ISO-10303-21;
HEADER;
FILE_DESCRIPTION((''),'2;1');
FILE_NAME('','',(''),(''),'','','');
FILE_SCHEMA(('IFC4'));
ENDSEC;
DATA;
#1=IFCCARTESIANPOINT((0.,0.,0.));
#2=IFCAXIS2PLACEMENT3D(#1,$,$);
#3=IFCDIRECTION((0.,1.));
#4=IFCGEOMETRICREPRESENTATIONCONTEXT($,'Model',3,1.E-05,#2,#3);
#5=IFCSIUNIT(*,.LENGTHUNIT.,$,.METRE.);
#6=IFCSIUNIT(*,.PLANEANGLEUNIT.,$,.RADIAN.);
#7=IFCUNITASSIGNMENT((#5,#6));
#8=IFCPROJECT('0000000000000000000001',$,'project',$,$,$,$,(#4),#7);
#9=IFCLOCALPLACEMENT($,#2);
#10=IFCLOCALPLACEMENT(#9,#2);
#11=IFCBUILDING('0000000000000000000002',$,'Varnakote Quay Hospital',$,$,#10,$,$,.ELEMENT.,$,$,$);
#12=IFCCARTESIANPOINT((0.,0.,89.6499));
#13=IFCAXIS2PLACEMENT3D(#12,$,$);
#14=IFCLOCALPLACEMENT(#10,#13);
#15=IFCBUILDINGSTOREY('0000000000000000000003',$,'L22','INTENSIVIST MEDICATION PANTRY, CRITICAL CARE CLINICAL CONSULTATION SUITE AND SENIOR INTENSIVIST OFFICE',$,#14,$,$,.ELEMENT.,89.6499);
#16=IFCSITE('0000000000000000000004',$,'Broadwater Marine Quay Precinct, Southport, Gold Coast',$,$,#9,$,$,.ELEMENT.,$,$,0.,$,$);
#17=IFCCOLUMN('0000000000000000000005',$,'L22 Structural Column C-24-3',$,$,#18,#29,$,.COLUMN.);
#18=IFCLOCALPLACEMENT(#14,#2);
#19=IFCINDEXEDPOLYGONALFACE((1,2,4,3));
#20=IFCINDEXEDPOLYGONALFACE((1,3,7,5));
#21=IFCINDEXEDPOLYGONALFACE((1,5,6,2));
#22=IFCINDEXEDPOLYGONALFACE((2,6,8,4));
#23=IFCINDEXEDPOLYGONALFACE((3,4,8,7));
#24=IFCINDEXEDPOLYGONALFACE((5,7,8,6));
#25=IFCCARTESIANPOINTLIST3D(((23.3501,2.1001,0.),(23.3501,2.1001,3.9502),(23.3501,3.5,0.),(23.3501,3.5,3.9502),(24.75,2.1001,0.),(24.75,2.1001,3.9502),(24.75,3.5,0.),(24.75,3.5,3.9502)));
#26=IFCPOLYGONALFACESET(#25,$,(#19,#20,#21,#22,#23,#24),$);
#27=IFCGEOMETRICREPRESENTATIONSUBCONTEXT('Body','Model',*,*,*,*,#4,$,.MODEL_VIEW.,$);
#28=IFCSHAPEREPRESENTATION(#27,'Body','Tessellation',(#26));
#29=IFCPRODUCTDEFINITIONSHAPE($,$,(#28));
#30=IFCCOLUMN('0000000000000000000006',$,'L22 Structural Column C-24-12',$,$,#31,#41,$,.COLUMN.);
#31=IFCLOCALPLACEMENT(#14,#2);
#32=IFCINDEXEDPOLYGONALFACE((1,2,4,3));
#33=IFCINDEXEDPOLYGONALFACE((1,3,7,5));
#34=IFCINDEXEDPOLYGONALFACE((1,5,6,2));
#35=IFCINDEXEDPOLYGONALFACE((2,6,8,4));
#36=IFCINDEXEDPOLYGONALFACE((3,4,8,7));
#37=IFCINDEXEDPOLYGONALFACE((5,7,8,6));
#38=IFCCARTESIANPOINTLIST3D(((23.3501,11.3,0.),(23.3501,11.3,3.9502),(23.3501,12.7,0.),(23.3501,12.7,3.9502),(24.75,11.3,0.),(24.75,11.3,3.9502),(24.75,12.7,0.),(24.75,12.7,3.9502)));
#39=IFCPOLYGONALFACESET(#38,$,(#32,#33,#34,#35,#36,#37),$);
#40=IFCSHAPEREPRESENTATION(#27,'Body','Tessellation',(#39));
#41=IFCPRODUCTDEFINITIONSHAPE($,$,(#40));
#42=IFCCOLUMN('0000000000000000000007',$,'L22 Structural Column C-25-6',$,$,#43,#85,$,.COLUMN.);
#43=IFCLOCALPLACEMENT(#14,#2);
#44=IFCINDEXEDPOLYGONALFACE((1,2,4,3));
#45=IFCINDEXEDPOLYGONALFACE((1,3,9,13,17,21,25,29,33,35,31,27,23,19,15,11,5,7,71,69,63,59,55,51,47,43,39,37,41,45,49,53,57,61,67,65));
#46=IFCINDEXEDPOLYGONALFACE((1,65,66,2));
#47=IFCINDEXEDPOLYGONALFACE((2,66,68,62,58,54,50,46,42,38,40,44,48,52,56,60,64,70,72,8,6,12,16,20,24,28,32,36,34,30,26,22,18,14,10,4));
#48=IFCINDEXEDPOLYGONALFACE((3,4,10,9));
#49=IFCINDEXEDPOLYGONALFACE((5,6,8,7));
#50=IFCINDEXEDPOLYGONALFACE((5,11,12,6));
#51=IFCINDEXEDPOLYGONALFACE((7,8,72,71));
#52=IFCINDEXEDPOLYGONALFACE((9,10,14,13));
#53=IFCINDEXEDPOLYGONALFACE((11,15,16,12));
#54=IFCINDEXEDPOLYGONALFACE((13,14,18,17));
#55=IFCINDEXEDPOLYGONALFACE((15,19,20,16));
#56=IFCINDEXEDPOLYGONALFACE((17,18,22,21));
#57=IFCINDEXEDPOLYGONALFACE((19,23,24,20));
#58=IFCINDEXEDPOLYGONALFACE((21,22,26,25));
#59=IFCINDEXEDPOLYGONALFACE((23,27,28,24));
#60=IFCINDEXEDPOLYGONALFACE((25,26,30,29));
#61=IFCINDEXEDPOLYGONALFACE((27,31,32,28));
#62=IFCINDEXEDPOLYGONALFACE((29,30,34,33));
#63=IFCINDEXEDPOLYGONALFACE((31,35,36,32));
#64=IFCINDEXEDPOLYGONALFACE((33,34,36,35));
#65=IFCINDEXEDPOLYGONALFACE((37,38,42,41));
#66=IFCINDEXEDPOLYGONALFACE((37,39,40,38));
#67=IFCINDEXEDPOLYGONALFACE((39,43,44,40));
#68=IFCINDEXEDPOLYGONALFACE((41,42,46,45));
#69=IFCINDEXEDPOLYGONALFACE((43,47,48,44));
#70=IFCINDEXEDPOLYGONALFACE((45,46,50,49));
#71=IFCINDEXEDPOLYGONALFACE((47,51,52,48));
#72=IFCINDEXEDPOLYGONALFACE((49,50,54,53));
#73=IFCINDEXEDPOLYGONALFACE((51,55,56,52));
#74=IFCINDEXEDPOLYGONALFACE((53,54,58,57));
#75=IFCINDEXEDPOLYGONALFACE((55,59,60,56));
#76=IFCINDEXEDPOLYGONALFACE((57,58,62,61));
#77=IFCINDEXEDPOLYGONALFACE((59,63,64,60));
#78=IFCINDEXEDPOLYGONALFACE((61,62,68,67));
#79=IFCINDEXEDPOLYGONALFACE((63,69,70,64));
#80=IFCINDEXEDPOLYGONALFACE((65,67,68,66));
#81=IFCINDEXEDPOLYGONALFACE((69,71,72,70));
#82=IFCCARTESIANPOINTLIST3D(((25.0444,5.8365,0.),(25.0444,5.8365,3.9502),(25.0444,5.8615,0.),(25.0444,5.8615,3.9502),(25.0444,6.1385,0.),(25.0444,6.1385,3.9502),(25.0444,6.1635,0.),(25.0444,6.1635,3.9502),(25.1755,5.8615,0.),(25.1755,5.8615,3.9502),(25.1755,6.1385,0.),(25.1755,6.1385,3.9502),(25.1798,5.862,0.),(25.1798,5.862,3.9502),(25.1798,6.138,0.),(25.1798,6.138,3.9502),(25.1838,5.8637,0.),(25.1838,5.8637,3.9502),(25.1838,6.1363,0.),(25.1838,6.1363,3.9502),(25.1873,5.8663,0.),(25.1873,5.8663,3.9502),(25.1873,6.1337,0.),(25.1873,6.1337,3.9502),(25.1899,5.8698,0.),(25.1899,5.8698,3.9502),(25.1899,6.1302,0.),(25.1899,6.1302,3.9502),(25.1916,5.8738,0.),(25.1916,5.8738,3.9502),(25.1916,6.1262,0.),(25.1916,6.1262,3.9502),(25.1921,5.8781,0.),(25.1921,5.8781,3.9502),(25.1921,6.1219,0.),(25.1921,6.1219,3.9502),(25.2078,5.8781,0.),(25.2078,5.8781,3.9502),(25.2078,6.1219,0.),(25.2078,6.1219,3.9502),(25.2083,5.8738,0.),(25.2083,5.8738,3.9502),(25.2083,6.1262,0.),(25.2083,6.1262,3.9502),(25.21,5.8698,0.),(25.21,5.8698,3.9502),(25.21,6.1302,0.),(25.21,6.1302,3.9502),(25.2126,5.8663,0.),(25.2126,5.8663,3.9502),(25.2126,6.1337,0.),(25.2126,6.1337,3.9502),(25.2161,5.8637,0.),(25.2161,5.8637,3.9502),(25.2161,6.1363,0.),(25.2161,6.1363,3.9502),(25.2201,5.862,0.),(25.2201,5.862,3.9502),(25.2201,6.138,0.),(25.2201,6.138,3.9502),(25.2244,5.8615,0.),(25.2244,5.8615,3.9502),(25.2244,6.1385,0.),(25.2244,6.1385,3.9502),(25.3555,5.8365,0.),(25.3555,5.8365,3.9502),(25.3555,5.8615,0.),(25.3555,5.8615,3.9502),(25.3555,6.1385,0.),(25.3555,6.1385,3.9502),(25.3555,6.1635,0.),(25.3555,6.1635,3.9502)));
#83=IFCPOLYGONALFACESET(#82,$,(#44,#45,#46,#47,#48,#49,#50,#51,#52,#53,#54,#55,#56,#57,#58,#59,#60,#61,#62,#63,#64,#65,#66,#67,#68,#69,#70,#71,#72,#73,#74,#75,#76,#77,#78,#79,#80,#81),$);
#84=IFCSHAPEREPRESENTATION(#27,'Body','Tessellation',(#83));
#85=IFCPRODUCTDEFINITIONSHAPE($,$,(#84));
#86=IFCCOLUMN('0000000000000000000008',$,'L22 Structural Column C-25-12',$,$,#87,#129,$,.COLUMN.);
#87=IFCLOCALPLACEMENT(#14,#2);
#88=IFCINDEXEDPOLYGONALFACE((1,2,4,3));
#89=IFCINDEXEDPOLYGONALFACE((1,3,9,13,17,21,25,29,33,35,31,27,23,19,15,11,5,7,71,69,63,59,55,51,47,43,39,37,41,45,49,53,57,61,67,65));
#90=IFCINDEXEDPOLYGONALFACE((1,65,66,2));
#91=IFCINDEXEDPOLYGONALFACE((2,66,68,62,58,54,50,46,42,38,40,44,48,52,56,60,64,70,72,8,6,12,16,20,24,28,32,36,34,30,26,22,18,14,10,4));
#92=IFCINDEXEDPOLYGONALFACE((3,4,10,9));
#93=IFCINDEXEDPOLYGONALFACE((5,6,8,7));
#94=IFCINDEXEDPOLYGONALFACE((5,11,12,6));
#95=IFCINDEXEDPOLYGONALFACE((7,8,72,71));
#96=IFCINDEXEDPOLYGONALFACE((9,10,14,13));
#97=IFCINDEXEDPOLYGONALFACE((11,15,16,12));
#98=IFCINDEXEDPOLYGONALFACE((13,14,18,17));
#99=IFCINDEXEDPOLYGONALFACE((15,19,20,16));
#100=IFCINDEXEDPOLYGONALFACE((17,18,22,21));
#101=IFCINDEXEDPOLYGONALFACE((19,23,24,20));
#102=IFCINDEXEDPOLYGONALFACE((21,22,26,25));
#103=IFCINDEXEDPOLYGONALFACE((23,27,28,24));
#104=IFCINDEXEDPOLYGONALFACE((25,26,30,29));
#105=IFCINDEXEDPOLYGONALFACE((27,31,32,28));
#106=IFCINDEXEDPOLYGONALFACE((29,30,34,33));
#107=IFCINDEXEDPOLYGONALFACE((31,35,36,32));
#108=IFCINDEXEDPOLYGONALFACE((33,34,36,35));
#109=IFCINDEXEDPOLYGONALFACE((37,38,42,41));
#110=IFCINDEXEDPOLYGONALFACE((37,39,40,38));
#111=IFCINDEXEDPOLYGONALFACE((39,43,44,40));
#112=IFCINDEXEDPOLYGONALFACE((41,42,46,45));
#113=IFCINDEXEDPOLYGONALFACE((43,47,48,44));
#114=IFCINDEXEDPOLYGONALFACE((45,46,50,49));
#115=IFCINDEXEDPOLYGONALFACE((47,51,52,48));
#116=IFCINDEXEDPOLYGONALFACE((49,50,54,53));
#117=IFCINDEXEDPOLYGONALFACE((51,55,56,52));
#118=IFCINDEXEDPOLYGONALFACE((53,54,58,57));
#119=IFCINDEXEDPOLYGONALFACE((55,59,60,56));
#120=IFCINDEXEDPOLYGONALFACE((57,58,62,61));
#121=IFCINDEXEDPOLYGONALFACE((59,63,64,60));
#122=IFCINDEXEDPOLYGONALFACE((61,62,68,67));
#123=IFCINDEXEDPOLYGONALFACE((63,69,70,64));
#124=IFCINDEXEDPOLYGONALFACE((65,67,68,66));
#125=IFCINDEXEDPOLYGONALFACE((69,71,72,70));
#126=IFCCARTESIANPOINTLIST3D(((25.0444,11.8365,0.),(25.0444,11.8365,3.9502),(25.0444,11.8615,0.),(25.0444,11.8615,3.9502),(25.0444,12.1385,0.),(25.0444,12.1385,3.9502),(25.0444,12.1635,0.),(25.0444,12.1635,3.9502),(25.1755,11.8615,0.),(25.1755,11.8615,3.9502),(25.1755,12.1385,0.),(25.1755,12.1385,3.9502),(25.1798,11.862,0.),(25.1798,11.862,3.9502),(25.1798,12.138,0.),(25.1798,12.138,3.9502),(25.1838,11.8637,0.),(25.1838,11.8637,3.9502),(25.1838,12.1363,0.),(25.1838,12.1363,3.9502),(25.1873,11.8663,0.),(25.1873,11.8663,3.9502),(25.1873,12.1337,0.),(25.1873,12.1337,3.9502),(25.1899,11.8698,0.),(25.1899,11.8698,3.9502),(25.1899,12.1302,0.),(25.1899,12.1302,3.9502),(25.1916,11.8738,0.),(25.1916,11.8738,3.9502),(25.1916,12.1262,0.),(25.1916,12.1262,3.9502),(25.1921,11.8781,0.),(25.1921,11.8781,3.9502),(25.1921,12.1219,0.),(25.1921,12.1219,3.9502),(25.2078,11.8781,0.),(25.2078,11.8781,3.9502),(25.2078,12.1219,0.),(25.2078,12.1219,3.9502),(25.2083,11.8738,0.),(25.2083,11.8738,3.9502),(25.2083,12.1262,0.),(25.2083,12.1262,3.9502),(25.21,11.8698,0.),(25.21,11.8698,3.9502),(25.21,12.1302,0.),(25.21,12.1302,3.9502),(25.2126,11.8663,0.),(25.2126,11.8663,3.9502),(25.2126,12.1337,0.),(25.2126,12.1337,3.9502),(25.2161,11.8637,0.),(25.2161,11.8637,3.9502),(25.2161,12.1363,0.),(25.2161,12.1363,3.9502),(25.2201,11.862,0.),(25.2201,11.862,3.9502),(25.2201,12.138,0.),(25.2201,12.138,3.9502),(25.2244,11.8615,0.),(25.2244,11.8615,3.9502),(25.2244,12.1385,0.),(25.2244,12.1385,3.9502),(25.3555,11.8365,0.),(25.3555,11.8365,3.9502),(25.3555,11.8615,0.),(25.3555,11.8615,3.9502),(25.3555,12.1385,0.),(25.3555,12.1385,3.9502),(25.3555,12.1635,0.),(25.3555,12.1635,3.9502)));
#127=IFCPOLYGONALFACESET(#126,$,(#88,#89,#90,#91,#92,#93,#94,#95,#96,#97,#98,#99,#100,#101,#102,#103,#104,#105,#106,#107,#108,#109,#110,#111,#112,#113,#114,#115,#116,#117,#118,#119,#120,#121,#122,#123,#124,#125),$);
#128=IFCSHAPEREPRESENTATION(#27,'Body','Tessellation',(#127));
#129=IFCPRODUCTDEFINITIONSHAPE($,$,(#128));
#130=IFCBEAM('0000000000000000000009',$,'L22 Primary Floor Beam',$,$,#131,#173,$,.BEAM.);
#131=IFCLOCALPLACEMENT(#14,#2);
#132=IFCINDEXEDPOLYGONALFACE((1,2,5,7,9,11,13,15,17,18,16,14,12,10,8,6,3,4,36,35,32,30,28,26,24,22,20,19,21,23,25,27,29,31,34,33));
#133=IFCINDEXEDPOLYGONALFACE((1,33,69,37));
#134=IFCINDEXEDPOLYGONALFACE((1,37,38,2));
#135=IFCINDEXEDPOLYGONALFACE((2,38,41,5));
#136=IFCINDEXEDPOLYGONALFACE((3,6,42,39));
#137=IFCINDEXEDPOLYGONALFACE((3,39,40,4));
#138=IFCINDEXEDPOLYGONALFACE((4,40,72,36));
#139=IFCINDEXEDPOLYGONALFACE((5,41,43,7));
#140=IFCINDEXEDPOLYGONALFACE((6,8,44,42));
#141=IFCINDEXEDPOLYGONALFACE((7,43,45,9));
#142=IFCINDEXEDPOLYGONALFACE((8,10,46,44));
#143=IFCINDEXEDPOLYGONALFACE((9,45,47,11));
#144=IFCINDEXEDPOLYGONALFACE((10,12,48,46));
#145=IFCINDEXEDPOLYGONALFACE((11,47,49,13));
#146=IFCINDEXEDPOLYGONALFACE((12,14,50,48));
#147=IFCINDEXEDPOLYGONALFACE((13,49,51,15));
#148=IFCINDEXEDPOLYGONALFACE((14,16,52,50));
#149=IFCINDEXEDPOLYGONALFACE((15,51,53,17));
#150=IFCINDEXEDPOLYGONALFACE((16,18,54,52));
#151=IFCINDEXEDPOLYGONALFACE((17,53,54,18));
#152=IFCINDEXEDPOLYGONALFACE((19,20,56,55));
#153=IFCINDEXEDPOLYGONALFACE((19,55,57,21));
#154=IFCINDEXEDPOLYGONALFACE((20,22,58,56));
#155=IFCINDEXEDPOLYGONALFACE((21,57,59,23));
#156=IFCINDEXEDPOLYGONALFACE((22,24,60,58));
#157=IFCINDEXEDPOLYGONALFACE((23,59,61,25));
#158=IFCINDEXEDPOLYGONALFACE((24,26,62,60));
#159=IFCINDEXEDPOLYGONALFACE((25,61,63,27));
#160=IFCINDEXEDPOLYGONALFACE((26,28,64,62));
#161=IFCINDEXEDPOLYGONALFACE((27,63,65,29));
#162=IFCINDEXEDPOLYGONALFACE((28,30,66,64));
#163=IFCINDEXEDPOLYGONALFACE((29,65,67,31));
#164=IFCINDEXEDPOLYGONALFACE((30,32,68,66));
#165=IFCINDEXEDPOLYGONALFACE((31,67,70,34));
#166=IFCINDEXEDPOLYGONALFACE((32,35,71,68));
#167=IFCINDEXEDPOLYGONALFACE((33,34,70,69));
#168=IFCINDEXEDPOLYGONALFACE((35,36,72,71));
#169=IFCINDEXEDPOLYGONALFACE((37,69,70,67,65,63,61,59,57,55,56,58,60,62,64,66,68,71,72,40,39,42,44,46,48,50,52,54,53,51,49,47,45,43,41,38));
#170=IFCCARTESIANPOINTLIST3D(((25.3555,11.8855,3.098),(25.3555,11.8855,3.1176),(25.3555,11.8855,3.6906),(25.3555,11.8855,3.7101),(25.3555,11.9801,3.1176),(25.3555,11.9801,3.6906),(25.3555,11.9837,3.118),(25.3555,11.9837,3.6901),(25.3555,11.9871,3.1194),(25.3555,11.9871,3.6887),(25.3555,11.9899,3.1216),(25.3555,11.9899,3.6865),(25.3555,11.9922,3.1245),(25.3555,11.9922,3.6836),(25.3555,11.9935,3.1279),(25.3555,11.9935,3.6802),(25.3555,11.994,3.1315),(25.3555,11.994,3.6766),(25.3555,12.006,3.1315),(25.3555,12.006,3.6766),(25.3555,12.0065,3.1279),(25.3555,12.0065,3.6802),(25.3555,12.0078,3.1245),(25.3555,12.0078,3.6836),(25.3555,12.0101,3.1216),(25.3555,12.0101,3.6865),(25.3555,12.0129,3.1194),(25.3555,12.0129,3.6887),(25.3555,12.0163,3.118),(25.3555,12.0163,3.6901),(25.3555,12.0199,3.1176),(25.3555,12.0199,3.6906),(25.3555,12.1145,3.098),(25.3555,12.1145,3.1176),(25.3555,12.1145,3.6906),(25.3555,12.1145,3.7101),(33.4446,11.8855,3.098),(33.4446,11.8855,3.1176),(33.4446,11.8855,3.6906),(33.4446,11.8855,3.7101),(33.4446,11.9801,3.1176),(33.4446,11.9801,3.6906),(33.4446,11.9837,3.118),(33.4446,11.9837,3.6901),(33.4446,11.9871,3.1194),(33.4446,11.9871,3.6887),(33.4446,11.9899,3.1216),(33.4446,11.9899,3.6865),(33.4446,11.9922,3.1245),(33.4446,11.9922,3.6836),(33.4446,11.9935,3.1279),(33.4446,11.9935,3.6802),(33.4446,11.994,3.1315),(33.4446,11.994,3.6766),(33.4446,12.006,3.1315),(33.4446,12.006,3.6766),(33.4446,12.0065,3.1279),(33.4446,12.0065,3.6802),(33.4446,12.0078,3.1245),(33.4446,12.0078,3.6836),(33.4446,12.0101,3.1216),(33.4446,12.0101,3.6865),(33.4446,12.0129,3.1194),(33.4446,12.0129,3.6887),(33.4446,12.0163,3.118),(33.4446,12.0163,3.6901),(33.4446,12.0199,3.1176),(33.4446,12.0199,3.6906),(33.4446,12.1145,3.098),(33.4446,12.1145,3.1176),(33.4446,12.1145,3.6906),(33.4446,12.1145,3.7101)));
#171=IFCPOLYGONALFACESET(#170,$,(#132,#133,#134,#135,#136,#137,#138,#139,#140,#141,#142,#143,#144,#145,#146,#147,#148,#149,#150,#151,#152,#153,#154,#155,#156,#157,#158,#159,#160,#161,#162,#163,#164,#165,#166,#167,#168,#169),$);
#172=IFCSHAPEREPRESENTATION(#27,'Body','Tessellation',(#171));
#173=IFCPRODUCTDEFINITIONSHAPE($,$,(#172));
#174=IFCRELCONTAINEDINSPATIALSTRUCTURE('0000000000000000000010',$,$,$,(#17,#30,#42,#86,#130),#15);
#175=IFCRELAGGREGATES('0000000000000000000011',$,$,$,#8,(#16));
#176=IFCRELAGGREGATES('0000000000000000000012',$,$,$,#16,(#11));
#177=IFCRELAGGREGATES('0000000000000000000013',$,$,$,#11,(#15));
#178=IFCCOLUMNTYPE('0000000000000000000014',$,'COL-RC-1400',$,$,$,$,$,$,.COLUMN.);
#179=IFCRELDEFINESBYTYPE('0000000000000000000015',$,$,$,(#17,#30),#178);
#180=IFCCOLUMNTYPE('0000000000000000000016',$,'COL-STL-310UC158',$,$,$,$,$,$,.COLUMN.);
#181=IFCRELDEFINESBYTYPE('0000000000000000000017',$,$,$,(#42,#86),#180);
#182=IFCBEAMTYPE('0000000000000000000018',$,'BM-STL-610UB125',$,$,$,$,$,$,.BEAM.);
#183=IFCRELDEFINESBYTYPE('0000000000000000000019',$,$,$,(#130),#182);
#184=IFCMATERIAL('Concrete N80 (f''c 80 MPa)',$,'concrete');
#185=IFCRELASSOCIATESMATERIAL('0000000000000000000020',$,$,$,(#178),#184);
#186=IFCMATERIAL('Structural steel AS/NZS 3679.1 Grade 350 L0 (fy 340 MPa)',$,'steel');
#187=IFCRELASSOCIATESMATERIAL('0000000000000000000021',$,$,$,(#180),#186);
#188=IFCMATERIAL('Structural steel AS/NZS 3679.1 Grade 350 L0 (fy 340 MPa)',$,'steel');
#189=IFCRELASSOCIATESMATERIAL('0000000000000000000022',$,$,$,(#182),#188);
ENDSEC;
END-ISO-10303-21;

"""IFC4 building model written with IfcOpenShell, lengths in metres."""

from ifc_helpers import new_model, si_unit, direction, frame, origin, origin_2d, place, context, subcontext, project, spatial, rectangle, i_section, extrude, material, material_profile, profile_set, type_object, element, save


model = new_model("IFC4")

# Units and contexts
model_context = context("Model", 3, precision=1e-05, world=origin(), true_north=direction((0.0, 1.0)))
body_context = subcontext(model_context, "Body", "Model", "MODEL_VIEW")
ifc_project = project(units=[si_unit("LENGTHUNIT", "METRE"), si_unit("PLANEANGLEUNIT", "RADIAN")], contexts=[model_context])

# Site, building, storey
site_placement = place(None, origin())
site = spatial("IfcSite", under=ifc_project, at=site_placement, Name="Broadwater Marine Quay Precinct, Southport, Gold Coast", CompositionType="ELEMENT", RefElevation=0.0)
building_placement = place(site_placement, origin())
building = spatial("IfcBuilding", under=site, at=building_placement, Name="Varnakote Quay Hospital", CompositionType="ELEMENT")
storey_placement = place(building_placement, frame((0.0, 0.0, 89.6499)))
storey = spatial("IfcBuildingStorey", under=building, at=storey_placement, Name="L22", Description="INTENSIVIST MEDICATION PANTRY, CRITICAL CARE CLINICAL CONSULTATION SUITE AND SENIOR INTENSIVIST OFFICE", CompositionType="ELEMENT", Elevation=89.6499)

# Columns
ifc_material_1 = material(Name="Concrete N80 (f'c 80 MPa)", Category="concrete")
ifc_material_profile_1 = material_profile(ifc_material_1, rectangle(XDim=1.3999, YDim=1.3999, at=origin_2d()), Name="RC-COL-1400x1400")
ifc_profile_set_1 = profile_set([ifc_material_profile_1], Name="Concrete N80 (f'c 80 MPa)")
column_type_1 = type_object("IfcColumnType", Name="COL-RC-1400", PredefinedType="COLUMN", material=ifc_profile_set_1)
for number, where, z_axis, x_axis, name in (
    (1, (24.05, 2.8, 0.0), (0.0, 0.0, 1.0), (1.0, 0.0, 0.0), "L22 Structural Column C-24-3"),
    (2, (24.05, 12.0, 0.0), (0.0, 0.0, 1.0), (1.0, 0.0, 0.0), "L22 Structural Column C-24-12"),
):
    element("IfcColumn", number, at=place(storey_placement, frame(where, z_axis=z_axis, x_axis=x_axis)), inside=storey, type_object=column_type_1, Name=name, PredefinedType="COLUMN", context=body_context, shape_type="SweptSolid", body=[
        extrude(rectangle(XDim=1.3999, YDim=1.3999, at=origin_2d()), origin(), (0.0, 0.0, 1.0), 3.9502),
    ])
ifc_material_2 = material(Name="Structural steel AS/NZS 3679.1 Grade 350 L0 (fy 340 MPa)", Category="steel")
ifc_material_profile_2 = material_profile(ifc_material_2, i_section(OverallWidth=0.311, OverallDepth=0.3269, WebThickness=0.0156, FlangeThickness=0.0249, FilletRadius=0.0166, at=origin_2d()), Name="310UC158")
ifc_profile_set_2 = profile_set([ifc_material_profile_2], Name="Structural steel AS/NZS 3679.1 Grade 350 L0 (fy 340 MPa)")
column_type_2 = type_object("IfcColumnType", Name="COL-STL-310UC158", PredefinedType="COLUMN", material=ifc_profile_set_2)
for number, where, z_axis, x_axis, name in (
    (3, (25.2, 6.0, 0.0), (0.0, 0.0, 1.0), (1.0, 0.0, 0.0), "L22 Structural Column C-25-6"),
    (4, (25.2, 12.0, 0.0), (0.0, 0.0, 1.0), (1.0, 0.0, 0.0), "L22 Structural Column C-25-12"),
):
    element("IfcColumn", number, at=place(storey_placement, frame(where, z_axis=z_axis, x_axis=x_axis)), inside=storey, type_object=column_type_2, Name=name, PredefinedType="COLUMN", context=body_context, shape_type="SweptSolid", body=[
        extrude(i_section(OverallWidth=0.311, OverallDepth=0.3269, WebThickness=0.0156, FlangeThickness=0.0249, FilletRadius=0.0166, at=origin_2d()), origin(), (0.0, 0.0, 1.0), 3.9502),
    ])

# Beam
ifc_material_3 = material(Name="Structural steel AS/NZS 3679.1 Grade 350 L0 (fy 340 MPa)", Category="steel")
ifc_material_profile_3 = material_profile(ifc_material_3, i_section(OverallWidth=0.229, OverallDepth=0.6121, WebThickness=0.012, FlangeThickness=0.0195, FilletRadius=0.0139, at=origin_2d()), Name="610UB125")
ifc_profile_set_3 = profile_set([ifc_material_profile_3], Name="Structural steel AS/NZS 3679.1 Grade 350 L0 (fy 340 MPa)")
beam_type_1 = type_object("IfcBeamType", Name="BM-STL-610UB125", PredefinedType="BEAM", material=ifc_profile_set_3)
beam_1_placement = place(storey_placement, frame((25.3555, 12.0, 3.4041), z_axis=(1.0, 0.0, 0.0), x_axis=(0.0, 1.0, 0.0)))
element("IfcBeam", 5, at=beam_1_placement, inside=storey, type_object=beam_type_1, Name="L22 Primary Floor Beam", PredefinedType="BEAM", context=body_context, shape_type="SweptSolid", body=[
    extrude(i_section(OverallWidth=0.229, OverallDepth=0.6121, WebThickness=0.012, FlangeThickness=0.0195, FilletRadius=0.0139, at=origin_2d()), origin(), (0.0, 0.0, 1.0), 8.0891),
])

save(model, "model.ifc")
